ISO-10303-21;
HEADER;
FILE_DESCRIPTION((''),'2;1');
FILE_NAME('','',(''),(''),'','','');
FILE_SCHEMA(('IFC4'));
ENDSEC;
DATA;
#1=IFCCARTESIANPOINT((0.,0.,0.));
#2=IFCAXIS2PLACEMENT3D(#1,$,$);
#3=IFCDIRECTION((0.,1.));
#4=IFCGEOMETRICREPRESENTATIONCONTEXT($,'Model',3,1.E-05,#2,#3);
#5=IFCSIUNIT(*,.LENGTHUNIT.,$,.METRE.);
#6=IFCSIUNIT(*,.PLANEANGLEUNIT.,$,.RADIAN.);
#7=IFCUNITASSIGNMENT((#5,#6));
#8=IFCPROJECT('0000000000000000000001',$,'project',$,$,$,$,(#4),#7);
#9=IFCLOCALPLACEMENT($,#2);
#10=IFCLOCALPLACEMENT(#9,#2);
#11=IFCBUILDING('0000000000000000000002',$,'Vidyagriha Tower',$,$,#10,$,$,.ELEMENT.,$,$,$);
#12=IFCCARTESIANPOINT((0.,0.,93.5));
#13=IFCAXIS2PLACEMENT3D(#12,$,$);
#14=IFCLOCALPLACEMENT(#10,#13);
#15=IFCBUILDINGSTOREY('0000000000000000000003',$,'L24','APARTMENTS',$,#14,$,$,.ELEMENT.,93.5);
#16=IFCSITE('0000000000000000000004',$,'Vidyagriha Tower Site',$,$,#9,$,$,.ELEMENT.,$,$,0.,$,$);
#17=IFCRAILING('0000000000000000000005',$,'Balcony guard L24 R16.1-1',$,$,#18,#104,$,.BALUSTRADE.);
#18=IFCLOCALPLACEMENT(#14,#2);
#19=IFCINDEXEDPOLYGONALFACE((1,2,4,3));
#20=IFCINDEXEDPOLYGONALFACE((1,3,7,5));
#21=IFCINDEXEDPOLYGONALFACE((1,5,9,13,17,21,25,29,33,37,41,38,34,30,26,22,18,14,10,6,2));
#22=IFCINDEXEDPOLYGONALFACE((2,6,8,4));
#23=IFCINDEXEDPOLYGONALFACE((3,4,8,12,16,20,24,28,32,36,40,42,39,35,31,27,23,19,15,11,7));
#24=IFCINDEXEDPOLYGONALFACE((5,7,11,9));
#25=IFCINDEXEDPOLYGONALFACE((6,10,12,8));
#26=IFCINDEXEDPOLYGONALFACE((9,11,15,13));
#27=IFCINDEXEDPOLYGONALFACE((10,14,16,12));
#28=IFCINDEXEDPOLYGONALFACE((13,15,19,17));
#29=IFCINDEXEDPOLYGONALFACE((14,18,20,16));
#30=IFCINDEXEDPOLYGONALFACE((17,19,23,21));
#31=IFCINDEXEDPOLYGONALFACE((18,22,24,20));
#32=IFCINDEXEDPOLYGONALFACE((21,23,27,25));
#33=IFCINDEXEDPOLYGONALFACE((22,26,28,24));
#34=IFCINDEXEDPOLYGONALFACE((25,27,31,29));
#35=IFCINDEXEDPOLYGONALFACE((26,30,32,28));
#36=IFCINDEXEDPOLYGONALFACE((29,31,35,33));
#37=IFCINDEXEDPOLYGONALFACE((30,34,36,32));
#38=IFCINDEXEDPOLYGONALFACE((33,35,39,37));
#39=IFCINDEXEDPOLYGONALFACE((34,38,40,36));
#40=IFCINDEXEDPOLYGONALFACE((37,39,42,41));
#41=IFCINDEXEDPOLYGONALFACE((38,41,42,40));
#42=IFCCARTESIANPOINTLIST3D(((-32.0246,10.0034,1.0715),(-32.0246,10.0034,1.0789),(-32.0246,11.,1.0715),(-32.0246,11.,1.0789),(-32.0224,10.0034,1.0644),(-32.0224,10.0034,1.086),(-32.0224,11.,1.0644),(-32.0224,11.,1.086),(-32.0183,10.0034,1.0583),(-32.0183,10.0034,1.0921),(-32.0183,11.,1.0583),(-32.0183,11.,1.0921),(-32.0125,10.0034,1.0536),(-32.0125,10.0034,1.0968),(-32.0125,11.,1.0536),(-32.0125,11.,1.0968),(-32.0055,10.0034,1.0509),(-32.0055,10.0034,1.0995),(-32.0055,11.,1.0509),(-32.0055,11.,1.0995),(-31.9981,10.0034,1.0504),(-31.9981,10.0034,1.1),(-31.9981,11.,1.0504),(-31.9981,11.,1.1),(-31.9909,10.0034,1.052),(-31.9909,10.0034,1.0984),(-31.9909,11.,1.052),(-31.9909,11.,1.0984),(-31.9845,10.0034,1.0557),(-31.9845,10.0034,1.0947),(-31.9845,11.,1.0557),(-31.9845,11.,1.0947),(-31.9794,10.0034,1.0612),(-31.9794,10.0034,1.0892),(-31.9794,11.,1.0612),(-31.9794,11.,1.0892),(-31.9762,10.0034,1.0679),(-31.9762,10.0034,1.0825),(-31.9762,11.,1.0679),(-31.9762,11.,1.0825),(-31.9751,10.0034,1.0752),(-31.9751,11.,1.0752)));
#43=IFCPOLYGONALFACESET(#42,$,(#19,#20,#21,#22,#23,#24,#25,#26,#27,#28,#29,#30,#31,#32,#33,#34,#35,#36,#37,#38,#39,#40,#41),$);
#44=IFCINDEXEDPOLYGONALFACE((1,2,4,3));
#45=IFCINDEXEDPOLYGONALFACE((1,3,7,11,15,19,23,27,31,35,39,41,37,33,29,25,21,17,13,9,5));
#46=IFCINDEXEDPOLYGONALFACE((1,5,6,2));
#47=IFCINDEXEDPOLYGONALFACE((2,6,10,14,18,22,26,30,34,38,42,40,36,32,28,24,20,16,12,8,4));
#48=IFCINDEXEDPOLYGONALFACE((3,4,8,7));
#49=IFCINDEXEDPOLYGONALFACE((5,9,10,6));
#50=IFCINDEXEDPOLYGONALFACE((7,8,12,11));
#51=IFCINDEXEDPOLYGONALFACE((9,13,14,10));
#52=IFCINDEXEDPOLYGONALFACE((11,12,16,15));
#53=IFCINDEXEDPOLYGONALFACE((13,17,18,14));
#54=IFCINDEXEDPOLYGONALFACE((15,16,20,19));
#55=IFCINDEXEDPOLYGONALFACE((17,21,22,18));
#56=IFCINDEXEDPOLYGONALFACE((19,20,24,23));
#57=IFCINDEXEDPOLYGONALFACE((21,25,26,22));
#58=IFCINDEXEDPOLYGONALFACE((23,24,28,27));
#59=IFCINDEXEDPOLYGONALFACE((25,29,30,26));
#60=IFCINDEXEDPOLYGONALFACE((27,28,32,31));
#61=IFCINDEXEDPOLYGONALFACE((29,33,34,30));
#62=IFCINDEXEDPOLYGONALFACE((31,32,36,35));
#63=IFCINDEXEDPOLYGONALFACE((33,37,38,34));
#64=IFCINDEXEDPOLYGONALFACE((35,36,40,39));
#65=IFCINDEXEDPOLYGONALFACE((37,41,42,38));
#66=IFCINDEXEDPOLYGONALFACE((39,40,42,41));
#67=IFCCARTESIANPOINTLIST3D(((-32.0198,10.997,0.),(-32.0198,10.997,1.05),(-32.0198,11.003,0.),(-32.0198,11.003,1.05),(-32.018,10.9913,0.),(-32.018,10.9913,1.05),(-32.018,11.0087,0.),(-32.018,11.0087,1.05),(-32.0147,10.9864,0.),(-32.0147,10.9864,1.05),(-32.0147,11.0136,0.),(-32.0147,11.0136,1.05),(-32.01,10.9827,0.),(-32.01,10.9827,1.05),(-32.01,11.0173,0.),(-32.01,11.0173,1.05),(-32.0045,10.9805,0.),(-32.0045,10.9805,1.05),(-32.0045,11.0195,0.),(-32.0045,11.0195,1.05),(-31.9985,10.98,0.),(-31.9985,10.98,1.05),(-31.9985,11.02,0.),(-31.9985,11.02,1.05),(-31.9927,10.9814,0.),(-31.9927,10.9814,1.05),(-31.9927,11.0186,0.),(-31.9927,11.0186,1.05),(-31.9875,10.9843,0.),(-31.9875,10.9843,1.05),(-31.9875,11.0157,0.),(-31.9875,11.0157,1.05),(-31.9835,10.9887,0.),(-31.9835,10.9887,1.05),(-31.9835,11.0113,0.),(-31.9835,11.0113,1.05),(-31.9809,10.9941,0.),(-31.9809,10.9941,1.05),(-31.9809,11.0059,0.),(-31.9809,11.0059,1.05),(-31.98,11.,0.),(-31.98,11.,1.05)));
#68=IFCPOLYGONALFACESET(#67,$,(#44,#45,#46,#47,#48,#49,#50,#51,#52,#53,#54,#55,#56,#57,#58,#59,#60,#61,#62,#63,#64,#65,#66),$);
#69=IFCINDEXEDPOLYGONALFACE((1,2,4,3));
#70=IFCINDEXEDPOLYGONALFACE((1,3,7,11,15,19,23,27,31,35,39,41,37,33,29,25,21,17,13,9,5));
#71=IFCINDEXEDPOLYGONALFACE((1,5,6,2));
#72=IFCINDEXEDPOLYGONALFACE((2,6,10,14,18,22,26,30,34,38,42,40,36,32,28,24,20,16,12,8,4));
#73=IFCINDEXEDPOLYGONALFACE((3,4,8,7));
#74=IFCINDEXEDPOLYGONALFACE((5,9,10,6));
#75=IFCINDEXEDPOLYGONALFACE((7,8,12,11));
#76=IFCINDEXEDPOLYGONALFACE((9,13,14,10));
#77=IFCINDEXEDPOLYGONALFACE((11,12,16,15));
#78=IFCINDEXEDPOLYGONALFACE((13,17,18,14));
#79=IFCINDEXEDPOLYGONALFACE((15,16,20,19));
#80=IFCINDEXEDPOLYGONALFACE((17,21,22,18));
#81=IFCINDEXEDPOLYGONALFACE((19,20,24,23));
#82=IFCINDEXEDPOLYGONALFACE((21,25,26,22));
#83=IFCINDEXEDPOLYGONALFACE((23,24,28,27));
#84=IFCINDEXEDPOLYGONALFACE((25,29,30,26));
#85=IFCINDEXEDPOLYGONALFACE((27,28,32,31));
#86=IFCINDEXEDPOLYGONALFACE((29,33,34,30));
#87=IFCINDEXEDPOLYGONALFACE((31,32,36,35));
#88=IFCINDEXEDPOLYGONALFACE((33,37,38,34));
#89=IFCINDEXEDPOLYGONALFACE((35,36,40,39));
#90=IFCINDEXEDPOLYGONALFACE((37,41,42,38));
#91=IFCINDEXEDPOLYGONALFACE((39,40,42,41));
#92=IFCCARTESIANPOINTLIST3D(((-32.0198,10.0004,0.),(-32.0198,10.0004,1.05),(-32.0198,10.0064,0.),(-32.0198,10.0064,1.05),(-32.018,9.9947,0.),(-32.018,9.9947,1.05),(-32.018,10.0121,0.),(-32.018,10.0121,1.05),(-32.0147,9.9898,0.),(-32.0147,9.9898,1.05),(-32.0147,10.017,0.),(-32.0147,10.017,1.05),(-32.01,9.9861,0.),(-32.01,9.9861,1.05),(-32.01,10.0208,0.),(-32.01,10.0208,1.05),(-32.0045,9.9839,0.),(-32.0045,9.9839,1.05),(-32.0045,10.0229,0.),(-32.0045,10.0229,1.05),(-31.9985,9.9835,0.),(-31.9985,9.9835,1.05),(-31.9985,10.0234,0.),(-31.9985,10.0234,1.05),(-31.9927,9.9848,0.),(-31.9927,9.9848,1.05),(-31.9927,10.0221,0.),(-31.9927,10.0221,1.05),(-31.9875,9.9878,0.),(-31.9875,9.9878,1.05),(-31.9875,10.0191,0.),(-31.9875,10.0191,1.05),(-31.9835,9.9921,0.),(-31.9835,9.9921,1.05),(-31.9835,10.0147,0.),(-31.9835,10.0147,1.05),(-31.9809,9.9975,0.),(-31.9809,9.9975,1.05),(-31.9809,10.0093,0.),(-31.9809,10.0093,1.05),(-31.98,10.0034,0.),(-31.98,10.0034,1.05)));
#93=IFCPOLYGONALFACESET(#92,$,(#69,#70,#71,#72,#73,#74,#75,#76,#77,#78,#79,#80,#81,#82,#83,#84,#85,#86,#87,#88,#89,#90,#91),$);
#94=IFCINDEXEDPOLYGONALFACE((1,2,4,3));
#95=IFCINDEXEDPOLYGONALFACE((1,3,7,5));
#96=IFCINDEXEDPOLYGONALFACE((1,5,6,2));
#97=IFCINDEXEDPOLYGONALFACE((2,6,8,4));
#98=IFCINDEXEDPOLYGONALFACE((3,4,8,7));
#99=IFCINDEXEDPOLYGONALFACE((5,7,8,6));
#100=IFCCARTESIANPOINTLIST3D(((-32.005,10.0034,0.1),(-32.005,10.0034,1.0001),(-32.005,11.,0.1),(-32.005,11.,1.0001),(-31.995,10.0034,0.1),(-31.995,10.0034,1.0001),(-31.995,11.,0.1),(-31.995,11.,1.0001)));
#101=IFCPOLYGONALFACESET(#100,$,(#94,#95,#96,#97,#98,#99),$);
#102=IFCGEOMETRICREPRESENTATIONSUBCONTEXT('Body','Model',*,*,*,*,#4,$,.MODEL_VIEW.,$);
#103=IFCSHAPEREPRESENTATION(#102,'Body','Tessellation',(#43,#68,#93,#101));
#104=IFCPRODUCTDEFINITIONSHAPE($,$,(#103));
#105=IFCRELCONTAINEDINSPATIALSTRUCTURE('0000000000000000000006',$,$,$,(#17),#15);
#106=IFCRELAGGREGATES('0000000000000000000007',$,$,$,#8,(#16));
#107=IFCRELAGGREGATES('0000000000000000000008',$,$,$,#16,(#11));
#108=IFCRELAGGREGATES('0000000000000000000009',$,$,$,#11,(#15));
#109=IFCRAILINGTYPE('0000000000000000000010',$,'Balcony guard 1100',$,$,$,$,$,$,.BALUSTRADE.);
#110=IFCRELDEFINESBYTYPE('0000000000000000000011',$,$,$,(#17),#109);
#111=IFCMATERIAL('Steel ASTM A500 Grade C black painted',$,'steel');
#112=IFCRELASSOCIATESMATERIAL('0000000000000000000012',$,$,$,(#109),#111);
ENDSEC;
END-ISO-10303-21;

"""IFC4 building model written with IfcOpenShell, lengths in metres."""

from ifc_helpers import new_model, si_unit, direction, frame, origin, origin_2d, place, context, subcontext, project, spatial, rectangle, circle, extrude, material, type_object, element, save


model = new_model("IFC4")

# Units and contexts
model_context = context("Model", 3, precision=1e-05, world=origin(), true_north=direction((0.0, 1.0)))
body_context = subcontext(model_context, "Body", "Model", "MODEL_VIEW")
ifc_project = project(units=[si_unit("LENGTHUNIT", "METRE"), si_unit("PLANEANGLEUNIT", "RADIAN")], contexts=[model_context])

# Site, building, storey
site_placement = place(None, origin())
site = spatial("IfcSite", under=ifc_project, at=site_placement, Name="Vidyagriha Tower Site", CompositionType="ELEMENT", RefElevation=0.0)
building_placement = place(site_placement, origin())
building = spatial("IfcBuilding", under=site, at=building_placement, Name="Vidyagriha Tower", CompositionType="ELEMENT")
storey_placement = place(building_placement, frame((0.0, 0.0, 93.5)))
storey = spatial("IfcBuildingStorey", under=building, at=storey_placement, Name="L24", Description="APARTMENTS", CompositionType="ELEMENT", Elevation=93.5)

# Railing
ifc_material_1 = material(Name="Steel ASTM A500 Grade C black painted", Category="steel")
railing_type_1 = type_object("IfcRailingType", Name="Balcony guard 1100", PredefinedType="BALUSTRADE", material=ifc_material_1)
railing_1_placement = place(storey_placement, frame((-32.0, 11.0, 0.0)))
element("IfcRailing", 1, at=railing_1_placement, inside=storey, type_object=railing_type_1, Name="Balcony guard L24 R16.1-1", PredefinedType="BALUSTRADE", context=body_context, shape_type="SweptSolid", body=[
    extrude(circle(Radius=0.0249, at=origin_2d()), frame((0.0, 0.0, 1.0752), z_axis=(0.0, -1.0, 0.0), x_axis=(1.0, 0.0, 0.0)), (0.0, 0.0, 1.0), 0.9966),
    extrude(circle(Radius=0.02, at=origin_2d()), origin(), (0.0, 0.0, 1.0), 1.05),
    extrude(circle(Radius=0.02, at=origin_2d()), frame((0.0, -0.9966, 0.0)), (0.0, 0.0, 1.0), 1.05),
    extrude(rectangle(XDim=0.01, YDim=0.9001, at=origin_2d()), frame((0.0, 0.0, 0.55), z_axis=(0.0, -1.0, 0.0), x_axis=(1.0, 0.0, 0.0)), (0.0, 0.0, 1.0), 0.9966),
])

save(model, "model.ifc")
